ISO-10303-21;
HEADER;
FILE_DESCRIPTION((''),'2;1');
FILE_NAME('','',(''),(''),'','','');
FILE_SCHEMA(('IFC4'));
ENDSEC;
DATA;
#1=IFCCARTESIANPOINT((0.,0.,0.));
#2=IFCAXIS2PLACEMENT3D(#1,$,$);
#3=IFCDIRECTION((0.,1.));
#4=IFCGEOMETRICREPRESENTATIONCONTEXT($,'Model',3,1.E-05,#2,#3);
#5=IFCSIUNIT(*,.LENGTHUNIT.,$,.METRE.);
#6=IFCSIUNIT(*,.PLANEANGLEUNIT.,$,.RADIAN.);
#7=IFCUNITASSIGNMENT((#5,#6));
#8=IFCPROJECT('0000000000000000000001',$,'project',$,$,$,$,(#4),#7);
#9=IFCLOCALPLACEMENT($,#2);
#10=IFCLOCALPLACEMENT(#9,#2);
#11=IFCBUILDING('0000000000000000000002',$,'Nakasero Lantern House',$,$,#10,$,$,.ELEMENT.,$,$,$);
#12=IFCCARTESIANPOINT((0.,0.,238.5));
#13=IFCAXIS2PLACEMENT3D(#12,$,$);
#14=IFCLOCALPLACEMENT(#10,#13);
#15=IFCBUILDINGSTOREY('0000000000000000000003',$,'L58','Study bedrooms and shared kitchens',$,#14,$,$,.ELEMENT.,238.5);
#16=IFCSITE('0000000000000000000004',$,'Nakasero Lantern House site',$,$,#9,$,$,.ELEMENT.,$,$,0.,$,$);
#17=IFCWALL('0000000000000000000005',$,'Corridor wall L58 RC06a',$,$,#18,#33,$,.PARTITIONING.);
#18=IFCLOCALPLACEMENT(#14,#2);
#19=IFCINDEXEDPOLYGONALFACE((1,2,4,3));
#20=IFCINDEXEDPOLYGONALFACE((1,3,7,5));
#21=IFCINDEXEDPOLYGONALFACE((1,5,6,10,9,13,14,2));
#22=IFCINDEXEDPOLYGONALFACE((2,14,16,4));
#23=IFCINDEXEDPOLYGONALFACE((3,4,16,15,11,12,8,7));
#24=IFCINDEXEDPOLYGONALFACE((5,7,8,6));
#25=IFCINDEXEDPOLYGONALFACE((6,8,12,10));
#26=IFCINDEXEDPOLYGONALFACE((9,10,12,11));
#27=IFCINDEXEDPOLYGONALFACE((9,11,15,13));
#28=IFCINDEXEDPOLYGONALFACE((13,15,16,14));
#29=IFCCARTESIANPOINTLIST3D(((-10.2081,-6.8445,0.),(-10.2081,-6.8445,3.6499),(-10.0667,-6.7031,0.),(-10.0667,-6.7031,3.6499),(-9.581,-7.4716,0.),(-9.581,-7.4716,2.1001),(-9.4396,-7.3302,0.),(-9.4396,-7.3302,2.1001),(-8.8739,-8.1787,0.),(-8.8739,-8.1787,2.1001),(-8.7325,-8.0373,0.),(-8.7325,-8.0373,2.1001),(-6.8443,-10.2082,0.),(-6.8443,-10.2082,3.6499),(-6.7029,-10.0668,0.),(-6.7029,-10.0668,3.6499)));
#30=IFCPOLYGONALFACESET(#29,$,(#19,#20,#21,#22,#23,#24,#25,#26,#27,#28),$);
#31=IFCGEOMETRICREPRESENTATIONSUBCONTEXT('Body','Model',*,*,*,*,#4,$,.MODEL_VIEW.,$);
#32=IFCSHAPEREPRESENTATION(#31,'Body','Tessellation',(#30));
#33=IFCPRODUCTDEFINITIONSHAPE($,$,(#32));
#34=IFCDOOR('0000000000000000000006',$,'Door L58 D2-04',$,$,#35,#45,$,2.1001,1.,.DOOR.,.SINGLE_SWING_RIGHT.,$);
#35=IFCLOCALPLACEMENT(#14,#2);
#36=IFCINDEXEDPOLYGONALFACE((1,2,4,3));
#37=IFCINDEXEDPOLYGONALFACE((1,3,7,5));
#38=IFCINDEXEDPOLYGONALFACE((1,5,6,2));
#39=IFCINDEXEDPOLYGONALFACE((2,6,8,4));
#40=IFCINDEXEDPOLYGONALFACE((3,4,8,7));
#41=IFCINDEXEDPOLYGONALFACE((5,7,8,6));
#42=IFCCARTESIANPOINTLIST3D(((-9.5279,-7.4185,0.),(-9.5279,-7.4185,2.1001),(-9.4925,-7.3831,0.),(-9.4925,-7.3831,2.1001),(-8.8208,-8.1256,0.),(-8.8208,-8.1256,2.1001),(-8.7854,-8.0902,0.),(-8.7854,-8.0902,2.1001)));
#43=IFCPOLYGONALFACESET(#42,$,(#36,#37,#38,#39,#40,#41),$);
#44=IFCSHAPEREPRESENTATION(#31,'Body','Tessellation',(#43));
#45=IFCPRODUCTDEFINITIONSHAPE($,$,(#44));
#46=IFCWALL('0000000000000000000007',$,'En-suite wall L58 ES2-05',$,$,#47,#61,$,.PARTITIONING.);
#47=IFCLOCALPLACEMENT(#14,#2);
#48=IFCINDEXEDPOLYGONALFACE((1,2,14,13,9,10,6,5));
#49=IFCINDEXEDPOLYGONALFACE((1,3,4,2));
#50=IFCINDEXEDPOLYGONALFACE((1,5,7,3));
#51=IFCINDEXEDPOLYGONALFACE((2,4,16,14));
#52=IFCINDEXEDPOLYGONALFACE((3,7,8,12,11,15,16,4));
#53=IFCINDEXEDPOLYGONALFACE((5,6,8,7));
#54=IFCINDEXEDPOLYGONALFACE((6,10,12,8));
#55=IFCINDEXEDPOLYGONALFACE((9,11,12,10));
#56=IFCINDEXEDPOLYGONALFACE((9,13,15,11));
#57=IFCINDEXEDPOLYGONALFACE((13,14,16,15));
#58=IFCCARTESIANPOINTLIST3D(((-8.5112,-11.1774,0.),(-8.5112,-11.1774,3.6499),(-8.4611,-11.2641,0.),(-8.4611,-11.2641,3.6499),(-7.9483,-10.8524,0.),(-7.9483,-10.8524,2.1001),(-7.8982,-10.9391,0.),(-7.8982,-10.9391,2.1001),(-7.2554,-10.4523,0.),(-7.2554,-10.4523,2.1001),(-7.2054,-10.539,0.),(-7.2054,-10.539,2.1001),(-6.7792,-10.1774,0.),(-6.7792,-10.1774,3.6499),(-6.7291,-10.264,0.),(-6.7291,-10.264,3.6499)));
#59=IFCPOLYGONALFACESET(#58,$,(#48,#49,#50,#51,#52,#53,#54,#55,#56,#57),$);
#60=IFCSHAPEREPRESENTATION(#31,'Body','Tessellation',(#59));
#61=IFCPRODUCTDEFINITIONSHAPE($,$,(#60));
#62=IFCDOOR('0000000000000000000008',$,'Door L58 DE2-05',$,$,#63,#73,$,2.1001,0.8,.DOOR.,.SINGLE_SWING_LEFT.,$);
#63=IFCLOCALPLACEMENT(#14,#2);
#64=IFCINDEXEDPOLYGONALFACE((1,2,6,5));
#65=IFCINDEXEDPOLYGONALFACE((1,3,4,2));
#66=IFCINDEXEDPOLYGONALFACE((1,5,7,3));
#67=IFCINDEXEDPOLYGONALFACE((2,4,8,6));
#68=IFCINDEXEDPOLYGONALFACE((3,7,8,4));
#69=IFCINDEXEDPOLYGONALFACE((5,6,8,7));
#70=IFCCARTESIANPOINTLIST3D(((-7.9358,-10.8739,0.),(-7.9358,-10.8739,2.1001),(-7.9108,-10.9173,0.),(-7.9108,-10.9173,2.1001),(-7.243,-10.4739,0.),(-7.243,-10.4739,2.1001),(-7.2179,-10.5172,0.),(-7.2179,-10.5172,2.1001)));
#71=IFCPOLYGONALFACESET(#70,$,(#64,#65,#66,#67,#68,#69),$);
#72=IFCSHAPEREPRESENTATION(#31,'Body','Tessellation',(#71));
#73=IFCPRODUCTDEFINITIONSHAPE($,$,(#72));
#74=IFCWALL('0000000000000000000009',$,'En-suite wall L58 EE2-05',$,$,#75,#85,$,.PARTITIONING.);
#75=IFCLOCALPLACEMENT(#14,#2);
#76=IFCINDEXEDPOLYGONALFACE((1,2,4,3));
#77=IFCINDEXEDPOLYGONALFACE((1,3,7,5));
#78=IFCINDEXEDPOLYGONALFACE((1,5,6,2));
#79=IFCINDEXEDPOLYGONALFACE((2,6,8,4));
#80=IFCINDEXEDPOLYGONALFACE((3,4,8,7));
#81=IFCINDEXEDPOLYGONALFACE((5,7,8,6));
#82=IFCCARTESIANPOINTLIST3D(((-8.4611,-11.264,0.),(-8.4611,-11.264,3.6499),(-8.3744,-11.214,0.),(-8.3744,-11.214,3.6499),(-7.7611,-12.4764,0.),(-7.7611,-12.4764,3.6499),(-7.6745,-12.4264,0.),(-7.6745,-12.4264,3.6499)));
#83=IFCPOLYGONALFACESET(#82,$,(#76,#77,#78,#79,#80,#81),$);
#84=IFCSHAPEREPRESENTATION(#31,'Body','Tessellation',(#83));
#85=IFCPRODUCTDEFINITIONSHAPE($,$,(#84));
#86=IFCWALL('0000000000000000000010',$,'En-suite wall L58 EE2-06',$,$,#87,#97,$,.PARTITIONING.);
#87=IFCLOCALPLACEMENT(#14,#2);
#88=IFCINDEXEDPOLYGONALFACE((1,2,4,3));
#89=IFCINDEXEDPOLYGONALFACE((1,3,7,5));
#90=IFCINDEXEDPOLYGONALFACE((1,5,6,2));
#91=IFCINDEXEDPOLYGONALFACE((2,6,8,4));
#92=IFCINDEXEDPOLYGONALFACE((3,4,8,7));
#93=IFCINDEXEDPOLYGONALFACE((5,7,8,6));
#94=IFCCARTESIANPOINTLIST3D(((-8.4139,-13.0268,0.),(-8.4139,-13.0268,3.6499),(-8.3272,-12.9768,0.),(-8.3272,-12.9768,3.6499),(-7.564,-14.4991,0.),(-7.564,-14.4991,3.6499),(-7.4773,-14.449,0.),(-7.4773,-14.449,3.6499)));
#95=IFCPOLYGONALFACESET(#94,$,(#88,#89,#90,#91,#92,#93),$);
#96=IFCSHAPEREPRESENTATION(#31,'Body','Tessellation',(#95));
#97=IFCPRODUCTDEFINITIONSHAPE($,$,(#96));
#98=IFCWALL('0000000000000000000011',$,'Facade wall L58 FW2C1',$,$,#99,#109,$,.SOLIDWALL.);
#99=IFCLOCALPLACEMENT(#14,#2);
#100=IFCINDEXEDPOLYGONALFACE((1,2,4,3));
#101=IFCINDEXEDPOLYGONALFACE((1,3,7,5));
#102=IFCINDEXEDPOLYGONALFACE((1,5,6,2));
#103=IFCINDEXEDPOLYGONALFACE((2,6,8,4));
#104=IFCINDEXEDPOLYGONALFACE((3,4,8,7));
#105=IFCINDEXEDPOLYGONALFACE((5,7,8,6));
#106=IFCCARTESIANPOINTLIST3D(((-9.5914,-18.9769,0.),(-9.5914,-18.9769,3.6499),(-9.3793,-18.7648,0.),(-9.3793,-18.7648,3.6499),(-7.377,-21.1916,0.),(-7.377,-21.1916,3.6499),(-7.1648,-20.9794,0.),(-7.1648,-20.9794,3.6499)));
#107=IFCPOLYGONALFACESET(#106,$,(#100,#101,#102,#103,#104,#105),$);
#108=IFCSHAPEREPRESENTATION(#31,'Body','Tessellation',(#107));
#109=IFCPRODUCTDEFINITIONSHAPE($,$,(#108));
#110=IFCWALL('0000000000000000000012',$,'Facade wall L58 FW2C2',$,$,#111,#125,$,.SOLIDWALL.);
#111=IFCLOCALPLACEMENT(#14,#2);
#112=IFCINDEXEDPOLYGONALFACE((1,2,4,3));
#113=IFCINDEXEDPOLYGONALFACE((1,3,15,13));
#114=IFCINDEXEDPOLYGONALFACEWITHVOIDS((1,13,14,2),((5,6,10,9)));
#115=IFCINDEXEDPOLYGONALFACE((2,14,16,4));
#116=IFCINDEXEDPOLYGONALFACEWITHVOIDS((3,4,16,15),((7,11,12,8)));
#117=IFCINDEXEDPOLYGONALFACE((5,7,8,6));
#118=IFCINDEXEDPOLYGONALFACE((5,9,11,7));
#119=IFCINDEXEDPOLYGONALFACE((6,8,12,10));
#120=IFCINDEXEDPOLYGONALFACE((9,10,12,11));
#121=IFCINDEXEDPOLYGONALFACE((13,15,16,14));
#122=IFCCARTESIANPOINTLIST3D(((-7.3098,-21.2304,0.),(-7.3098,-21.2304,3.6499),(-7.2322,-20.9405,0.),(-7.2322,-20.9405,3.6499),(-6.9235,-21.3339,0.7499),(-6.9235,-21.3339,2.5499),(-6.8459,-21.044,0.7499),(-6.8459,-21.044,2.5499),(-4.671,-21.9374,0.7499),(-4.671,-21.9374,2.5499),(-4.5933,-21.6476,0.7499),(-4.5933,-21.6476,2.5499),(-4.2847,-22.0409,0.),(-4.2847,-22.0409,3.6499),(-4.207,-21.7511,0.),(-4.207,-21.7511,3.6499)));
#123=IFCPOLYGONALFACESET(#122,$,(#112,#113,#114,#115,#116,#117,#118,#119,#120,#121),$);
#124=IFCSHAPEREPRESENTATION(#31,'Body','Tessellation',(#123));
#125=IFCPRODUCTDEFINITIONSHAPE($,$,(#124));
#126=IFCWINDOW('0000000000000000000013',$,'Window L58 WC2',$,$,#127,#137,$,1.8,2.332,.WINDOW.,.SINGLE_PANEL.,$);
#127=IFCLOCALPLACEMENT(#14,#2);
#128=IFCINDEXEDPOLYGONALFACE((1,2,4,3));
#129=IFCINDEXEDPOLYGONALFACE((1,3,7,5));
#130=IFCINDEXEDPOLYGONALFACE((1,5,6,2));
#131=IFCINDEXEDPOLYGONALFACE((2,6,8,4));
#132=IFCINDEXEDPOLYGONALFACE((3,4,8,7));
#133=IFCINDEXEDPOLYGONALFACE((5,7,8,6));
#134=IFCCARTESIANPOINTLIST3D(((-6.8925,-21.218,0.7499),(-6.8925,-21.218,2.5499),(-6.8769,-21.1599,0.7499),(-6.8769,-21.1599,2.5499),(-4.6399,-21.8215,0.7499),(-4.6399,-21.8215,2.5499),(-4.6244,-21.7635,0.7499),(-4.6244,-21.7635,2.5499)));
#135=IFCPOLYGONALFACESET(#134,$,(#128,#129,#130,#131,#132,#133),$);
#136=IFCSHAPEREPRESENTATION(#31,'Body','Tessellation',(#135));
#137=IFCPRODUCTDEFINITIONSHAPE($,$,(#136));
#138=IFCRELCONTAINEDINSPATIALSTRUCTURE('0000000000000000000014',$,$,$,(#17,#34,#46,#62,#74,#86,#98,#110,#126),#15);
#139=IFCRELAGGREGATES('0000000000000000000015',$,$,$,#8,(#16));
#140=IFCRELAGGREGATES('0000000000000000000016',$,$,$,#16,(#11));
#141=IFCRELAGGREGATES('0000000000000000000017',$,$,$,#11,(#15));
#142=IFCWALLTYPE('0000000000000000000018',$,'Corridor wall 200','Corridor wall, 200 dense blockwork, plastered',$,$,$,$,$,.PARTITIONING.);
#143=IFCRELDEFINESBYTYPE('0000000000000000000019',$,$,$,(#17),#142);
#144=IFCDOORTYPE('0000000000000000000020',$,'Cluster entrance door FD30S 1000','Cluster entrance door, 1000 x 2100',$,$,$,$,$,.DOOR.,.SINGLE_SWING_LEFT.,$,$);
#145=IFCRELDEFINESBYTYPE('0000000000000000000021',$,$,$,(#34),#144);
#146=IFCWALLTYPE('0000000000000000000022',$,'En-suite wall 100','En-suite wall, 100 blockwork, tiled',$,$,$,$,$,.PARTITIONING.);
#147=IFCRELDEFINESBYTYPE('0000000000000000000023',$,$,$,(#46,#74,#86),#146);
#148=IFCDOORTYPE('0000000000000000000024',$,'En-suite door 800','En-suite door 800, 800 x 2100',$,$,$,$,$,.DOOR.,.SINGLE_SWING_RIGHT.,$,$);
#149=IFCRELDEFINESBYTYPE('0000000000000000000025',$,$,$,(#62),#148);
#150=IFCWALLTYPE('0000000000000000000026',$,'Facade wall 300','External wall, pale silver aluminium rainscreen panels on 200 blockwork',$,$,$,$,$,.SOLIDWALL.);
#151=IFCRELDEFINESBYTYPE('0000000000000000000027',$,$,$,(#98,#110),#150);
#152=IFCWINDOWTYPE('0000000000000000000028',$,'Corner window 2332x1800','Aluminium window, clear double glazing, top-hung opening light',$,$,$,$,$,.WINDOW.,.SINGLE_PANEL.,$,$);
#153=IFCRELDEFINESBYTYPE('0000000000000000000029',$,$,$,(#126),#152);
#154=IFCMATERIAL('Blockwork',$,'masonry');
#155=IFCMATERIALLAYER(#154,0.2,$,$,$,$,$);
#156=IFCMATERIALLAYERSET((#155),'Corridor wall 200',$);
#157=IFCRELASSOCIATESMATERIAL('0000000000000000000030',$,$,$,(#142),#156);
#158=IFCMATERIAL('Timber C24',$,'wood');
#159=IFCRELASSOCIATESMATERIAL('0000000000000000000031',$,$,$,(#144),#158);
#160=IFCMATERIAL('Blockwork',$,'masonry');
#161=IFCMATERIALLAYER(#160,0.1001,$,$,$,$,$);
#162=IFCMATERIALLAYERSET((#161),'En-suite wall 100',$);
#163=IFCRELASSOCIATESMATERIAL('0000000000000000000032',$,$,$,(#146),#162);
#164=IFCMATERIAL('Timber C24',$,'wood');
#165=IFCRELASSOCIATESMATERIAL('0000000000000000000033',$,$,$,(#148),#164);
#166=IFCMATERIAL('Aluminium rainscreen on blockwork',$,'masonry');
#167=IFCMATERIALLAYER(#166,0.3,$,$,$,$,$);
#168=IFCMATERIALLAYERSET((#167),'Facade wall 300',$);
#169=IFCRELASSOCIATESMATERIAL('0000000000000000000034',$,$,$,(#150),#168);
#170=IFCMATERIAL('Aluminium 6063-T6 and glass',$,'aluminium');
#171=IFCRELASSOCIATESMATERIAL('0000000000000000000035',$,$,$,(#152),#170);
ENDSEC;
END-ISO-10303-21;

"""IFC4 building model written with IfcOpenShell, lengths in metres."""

from ifc_helpers import new_model, si_unit, direction, frame, frame_2d, origin, place, context, subcontext, project, spatial, rectangle, extrude, material, layer, layer_set, type_object, element, fill, save


model = new_model("IFC4")

# Units and contexts
model_context = context("Model", 3, precision=1e-05, world=origin(), true_north=direction((0.0, 1.0)))
body_context = subcontext(model_context, "Body", "Model", "MODEL_VIEW")
ifc_project = project(units=[si_unit("LENGTHUNIT", "METRE"), si_unit("PLANEANGLEUNIT", "RADIAN")], contexts=[model_context])

# Site, building, storey
site_placement = place(None, origin())
site = spatial("IfcSite", under=ifc_project, at=site_placement, Name="Nakasero Lantern House site", CompositionType="ELEMENT", RefElevation=0.0)
building_placement = place(site_placement, origin())
building = spatial("IfcBuilding", under=site, at=building_placement, Name="Nakasero Lantern House", CompositionType="ELEMENT")
storey_placement = place(building_placement, frame((0.0, 0.0, 238.5)))
storey = spatial("IfcBuildingStorey", under=building, at=storey_placement, Name="L58", Description="Study bedrooms and shared kitchens", CompositionType="ELEMENT", Elevation=238.5)

# Walls, openings, doors
ifc_material_1 = material(Name="Blockwork", Category="masonry")
ifc_layer_1 = layer(ifc_material_1, 0.2)
ifc_layer_set_1 = layer_set([ifc_layer_1], Name="Corridor wall 200")
wall_type_1 = type_object("IfcWallType", Name="Corridor wall 200", Description="Corridor wall, 200 dense blockwork, plastered", PredefinedType="PARTITIONING", material=ifc_layer_set_1)
wall_1_placement = place(storey_placement, frame((-6.7737, -10.1375, 0.0), z_axis=(0.0, 0.0, 1.0), x_axis=(-0.707107, 0.707107, 0.0)))
wall_1 = element("IfcWall", 1, at=wall_1_placement, inside=storey, type_object=wall_type_1, Name="Corridor wall L58 RC06a", PredefinedType="PARTITIONING", context=body_context, shape_type="SweptSolid", body=[
    extrude(rectangle(XDim=4.7571, YDim=0.2, at=frame_2d((2.3784, 0.0))), origin(), (0.0, 0.0, 1.0), 3.6499),
])
opening_1_placement = place(wall_1_placement, frame((2.8701, 0.0, 0.0)))
opening_1 = element("IfcOpeningElement", 2, at=opening_1_placement, cuts=wall_1, PredefinedType="OPENING", context=body_context, shape_type="SweptSolid", body=[
    extrude(rectangle(XDim=1.0, YDim=2.1001, at=frame_2d((0.5, 1.05))), frame((0.0, 0.1199, 0.0), z_axis=(0.0, -1.0, 0.0), x_axis=(1.0, 0.0, 0.0)), (0.0, 0.0, 1.0), 0.24),
])
ifc_material_2 = material(Name="Timber C24", Category="wood")
door_type_1 = type_object("IfcDoorType", Name="Cluster entrance door FD30S 1000", Description="Cluster entrance door, 1000 x 2100", OperationType="SINGLE_SWING_LEFT", PredefinedType="DOOR", material=ifc_material_2)
door_1_placement = place(opening_1_placement, origin())
door_1 = element("IfcDoor", 3, at=door_1_placement, inside=storey, type_object=door_type_1, Name="Door L58 D2-04", OperationType="SINGLE_SWING_RIGHT", OverallHeight=2.1001, OverallWidth=1.0, PredefinedType="DOOR", context=body_context, shape_type="SweptSolid", body=[
    extrude(rectangle(XDim=1.0, YDim=2.1001, at=frame_2d((0.5, 1.05))), frame((0.0, 0.0249, 0.0), z_axis=(0.0, -1.0, 0.0), x_axis=(1.0, 0.0, 0.0)), (0.0, 0.0, 1.0), 0.05),
])
fill(opening_1, door_1)
ifc_material_3 = material(Name="Blockwork", Category="masonry")
ifc_layer_2 = layer(ifc_material_3, 0.1001)
ifc_layer_set_2 = layer_set([ifc_layer_2], Name="En-suite wall 100")
wall_type_2 = type_object("IfcWallType", Name="En-suite wall 100", Description="En-suite wall, 100 blockwork, tiled", PredefinedType="PARTITIONING", material=ifc_layer_set_2)
wall_2_placement = place(storey_placement, frame((-6.7542, -10.2207, 0.0), z_axis=(0.0, 0.0, 1.0), x_axis=(-0.866011, -0.500025, 0.0)))
wall_2 = element("IfcWall", 4, at=wall_2_placement, inside=storey, type_object=wall_type_2, Name="En-suite wall L58 ES2-05", PredefinedType="PARTITIONING", context=body_context, shape_type="SweptSolid", body=[
    extrude(rectangle(XDim=2.0, YDim=0.1001, at=frame_2d((1.0, 0.0))), origin(), (0.0, 0.0, 1.0), 3.6499),
])
opening_2_placement = place(wall_2_placement, frame((0.55, 0.0, 0.0)))
opening_2 = element("IfcOpeningElement", 5, at=opening_2_placement, cuts=wall_2, PredefinedType="OPENING", context=body_context, shape_type="SweptSolid", body=[
    extrude(rectangle(XDim=0.8, YDim=2.1001, at=frame_2d((0.3999, 1.05))), frame((0.0, 0.0701, 0.0), z_axis=(0.0, -1.0, 0.0), x_axis=(1.0, 0.0, 0.0)), (0.0, 0.0, 1.0), 0.1401),
])
ifc_material_4 = material(Name="Timber C24", Category="wood")
door_type_2 = type_object("IfcDoorType", Name="En-suite door 800", Description="En-suite door 800, 800 x 2100", OperationType="SINGLE_SWING_RIGHT", PredefinedType="DOOR", material=ifc_material_4)
door_2_placement = place(opening_2_placement, origin())
door_2 = element("IfcDoor", 6, at=door_2_placement, inside=storey, type_object=door_type_2, Name="Door L58 DE2-05", OperationType="SINGLE_SWING_LEFT", OverallHeight=2.1001, OverallWidth=0.8, PredefinedType="DOOR", context=body_context, shape_type="SweptSolid", body=[
    extrude(rectangle(XDim=0.8, YDim=2.1001, at=frame_2d((0.3999, 1.05))), frame((0.0, 0.0249, 0.0), z_axis=(0.0, -1.0, 0.0), x_axis=(1.0, 0.0, 0.0)), (0.0, 0.0, 1.0), 0.05),
])
fill(opening_2, door_2)

# Walls
wall_3_placement = place(storey_placement, frame((-8.4177, -11.239, 0.0), z_axis=(0.0, 0.0, 1.0), x_axis=(0.499984, -0.866035, 0.0)))
element("IfcWall", 7, at=wall_3_placement, inside=storey, type_object=wall_type_2, Name="En-suite wall L58 EE2-05", PredefinedType="PARTITIONING", context=body_context, shape_type="SweptSolid", body=[
    extrude(rectangle(XDim=1.3999, YDim=0.1001, at=frame_2d((0.7, 0.0))), origin(), (0.0, 0.0, 1.0), 3.6499),
])
wall_4_placement = place(storey_placement, frame((-8.3706, -13.0017, 0.0), z_axis=(0.0, 0.0, 1.0), x_axis=(0.499955, -0.866052, 0.0)))
element("IfcWall", 8, at=wall_4_placement, inside=storey, type_object=wall_type_2, Name="En-suite wall L58 EE2-06", PredefinedType="PARTITIONING", context=body_context, shape_type="SweptSolid", body=[
    extrude(rectangle(XDim=1.7, YDim=0.1001, at=frame_2d((0.8501, 0.0))), origin(), (0.0, 0.0, 1.0), 3.6499),
])
ifc_material_5 = material(Name="Aluminium rainscreen on blockwork", Category="masonry")
ifc_layer_3 = layer(ifc_material_5, 0.3)
ifc_layer_set_3 = layer_set([ifc_layer_3], Name="Facade wall 300")
wall_type_3 = type_object("IfcWallType", Name="Facade wall 300", Description="External wall, pale silver aluminium rainscreen panels on 200 blockwork", PredefinedType="SOLIDWALL", material=ifc_layer_set_3)
wall_5_placement = place(storey_placement, frame((-9.4854, -18.8708, 0.0), z_axis=(0.0, 0.0, 1.0), x_axis=(0.707068, -0.707146, 0.0)))
element("IfcWall", 9, at=wall_5_placement, inside=storey, type_object=wall_type_3, Name="Facade wall L58 FW2C1", PredefinedType="SOLIDWALL", context=body_context, shape_type="SweptSolid", body=[
    extrude(rectangle(XDim=3.1318, YDim=0.3, at=frame_2d((1.5659, 0.0))), origin(), (0.0, 0.0, 1.0), 3.6499),
])

# Wall, opening, window
wall_6_placement = place(storey_placement, frame((-7.271, -21.0854, 0.0), z_axis=(0.0, 0.0, 1.0), x_axis=(0.965929, -0.258808, 0.0)))
wall_6 = element("IfcWall", 10, at=wall_6_placement, inside=storey, type_object=wall_type_3, Name="Facade wall L58 FW2C2", PredefinedType="SOLIDWALL", context=body_context, shape_type="SweptSolid", body=[
    extrude(rectangle(XDim=3.1318, YDim=0.3, at=frame_2d((1.5659, 0.0))), origin(), (0.0, 0.0, 1.0), 3.6499),
])
opening_3_placement = place(wall_6_placement, frame((0.3999, 0.0, 0.75)))
opening_3 = element("IfcOpeningElement", 11, at=opening_3_placement, cuts=wall_6, PredefinedType="OPENING", context=body_context, shape_type="SweptSolid", body=[
    extrude(rectangle(XDim=2.332, YDim=1.8, at=frame_2d((1.166, 0.8999))), frame((0.0, 0.1699, 0.0), z_axis=(0.0, -1.0, 0.0), x_axis=(1.0, 0.0, 0.0)), (0.0, 0.0, 1.0), 0.3401),
])
ifc_material_6 = material(Name="Aluminium 6063-T6 and glass", Category="aluminium")
window_type = type_object("IfcWindowType", Name="Corner window 2332x1800", Description="Aluminium window, clear double glazing, top-hung opening light", PartitioningType="SINGLE_PANEL", PredefinedType="WINDOW", material=ifc_material_6)
window_placement = place(opening_3_placement, origin())
window = element("IfcWindow", 12, at=window_placement, inside=storey, type_object=window_type, Name="Window L58 WC2", OverallHeight=1.8, OverallWidth=2.332, PartitioningType="SINGLE_PANEL", PredefinedType="WINDOW", context=body_context, shape_type="SweptSolid", body=[
    extrude(rectangle(XDim=2.332, YDim=1.8, at=frame_2d((1.166, 0.8999))), frame((0.0, 0.03, 0.0), z_axis=(0.0, -1.0, 0.0), x_axis=(1.0, 0.0, 0.0)), (0.0, 0.0, 1.0), 0.0601),
])
fill(opening_3, window)

save(model, "model.ifc")
